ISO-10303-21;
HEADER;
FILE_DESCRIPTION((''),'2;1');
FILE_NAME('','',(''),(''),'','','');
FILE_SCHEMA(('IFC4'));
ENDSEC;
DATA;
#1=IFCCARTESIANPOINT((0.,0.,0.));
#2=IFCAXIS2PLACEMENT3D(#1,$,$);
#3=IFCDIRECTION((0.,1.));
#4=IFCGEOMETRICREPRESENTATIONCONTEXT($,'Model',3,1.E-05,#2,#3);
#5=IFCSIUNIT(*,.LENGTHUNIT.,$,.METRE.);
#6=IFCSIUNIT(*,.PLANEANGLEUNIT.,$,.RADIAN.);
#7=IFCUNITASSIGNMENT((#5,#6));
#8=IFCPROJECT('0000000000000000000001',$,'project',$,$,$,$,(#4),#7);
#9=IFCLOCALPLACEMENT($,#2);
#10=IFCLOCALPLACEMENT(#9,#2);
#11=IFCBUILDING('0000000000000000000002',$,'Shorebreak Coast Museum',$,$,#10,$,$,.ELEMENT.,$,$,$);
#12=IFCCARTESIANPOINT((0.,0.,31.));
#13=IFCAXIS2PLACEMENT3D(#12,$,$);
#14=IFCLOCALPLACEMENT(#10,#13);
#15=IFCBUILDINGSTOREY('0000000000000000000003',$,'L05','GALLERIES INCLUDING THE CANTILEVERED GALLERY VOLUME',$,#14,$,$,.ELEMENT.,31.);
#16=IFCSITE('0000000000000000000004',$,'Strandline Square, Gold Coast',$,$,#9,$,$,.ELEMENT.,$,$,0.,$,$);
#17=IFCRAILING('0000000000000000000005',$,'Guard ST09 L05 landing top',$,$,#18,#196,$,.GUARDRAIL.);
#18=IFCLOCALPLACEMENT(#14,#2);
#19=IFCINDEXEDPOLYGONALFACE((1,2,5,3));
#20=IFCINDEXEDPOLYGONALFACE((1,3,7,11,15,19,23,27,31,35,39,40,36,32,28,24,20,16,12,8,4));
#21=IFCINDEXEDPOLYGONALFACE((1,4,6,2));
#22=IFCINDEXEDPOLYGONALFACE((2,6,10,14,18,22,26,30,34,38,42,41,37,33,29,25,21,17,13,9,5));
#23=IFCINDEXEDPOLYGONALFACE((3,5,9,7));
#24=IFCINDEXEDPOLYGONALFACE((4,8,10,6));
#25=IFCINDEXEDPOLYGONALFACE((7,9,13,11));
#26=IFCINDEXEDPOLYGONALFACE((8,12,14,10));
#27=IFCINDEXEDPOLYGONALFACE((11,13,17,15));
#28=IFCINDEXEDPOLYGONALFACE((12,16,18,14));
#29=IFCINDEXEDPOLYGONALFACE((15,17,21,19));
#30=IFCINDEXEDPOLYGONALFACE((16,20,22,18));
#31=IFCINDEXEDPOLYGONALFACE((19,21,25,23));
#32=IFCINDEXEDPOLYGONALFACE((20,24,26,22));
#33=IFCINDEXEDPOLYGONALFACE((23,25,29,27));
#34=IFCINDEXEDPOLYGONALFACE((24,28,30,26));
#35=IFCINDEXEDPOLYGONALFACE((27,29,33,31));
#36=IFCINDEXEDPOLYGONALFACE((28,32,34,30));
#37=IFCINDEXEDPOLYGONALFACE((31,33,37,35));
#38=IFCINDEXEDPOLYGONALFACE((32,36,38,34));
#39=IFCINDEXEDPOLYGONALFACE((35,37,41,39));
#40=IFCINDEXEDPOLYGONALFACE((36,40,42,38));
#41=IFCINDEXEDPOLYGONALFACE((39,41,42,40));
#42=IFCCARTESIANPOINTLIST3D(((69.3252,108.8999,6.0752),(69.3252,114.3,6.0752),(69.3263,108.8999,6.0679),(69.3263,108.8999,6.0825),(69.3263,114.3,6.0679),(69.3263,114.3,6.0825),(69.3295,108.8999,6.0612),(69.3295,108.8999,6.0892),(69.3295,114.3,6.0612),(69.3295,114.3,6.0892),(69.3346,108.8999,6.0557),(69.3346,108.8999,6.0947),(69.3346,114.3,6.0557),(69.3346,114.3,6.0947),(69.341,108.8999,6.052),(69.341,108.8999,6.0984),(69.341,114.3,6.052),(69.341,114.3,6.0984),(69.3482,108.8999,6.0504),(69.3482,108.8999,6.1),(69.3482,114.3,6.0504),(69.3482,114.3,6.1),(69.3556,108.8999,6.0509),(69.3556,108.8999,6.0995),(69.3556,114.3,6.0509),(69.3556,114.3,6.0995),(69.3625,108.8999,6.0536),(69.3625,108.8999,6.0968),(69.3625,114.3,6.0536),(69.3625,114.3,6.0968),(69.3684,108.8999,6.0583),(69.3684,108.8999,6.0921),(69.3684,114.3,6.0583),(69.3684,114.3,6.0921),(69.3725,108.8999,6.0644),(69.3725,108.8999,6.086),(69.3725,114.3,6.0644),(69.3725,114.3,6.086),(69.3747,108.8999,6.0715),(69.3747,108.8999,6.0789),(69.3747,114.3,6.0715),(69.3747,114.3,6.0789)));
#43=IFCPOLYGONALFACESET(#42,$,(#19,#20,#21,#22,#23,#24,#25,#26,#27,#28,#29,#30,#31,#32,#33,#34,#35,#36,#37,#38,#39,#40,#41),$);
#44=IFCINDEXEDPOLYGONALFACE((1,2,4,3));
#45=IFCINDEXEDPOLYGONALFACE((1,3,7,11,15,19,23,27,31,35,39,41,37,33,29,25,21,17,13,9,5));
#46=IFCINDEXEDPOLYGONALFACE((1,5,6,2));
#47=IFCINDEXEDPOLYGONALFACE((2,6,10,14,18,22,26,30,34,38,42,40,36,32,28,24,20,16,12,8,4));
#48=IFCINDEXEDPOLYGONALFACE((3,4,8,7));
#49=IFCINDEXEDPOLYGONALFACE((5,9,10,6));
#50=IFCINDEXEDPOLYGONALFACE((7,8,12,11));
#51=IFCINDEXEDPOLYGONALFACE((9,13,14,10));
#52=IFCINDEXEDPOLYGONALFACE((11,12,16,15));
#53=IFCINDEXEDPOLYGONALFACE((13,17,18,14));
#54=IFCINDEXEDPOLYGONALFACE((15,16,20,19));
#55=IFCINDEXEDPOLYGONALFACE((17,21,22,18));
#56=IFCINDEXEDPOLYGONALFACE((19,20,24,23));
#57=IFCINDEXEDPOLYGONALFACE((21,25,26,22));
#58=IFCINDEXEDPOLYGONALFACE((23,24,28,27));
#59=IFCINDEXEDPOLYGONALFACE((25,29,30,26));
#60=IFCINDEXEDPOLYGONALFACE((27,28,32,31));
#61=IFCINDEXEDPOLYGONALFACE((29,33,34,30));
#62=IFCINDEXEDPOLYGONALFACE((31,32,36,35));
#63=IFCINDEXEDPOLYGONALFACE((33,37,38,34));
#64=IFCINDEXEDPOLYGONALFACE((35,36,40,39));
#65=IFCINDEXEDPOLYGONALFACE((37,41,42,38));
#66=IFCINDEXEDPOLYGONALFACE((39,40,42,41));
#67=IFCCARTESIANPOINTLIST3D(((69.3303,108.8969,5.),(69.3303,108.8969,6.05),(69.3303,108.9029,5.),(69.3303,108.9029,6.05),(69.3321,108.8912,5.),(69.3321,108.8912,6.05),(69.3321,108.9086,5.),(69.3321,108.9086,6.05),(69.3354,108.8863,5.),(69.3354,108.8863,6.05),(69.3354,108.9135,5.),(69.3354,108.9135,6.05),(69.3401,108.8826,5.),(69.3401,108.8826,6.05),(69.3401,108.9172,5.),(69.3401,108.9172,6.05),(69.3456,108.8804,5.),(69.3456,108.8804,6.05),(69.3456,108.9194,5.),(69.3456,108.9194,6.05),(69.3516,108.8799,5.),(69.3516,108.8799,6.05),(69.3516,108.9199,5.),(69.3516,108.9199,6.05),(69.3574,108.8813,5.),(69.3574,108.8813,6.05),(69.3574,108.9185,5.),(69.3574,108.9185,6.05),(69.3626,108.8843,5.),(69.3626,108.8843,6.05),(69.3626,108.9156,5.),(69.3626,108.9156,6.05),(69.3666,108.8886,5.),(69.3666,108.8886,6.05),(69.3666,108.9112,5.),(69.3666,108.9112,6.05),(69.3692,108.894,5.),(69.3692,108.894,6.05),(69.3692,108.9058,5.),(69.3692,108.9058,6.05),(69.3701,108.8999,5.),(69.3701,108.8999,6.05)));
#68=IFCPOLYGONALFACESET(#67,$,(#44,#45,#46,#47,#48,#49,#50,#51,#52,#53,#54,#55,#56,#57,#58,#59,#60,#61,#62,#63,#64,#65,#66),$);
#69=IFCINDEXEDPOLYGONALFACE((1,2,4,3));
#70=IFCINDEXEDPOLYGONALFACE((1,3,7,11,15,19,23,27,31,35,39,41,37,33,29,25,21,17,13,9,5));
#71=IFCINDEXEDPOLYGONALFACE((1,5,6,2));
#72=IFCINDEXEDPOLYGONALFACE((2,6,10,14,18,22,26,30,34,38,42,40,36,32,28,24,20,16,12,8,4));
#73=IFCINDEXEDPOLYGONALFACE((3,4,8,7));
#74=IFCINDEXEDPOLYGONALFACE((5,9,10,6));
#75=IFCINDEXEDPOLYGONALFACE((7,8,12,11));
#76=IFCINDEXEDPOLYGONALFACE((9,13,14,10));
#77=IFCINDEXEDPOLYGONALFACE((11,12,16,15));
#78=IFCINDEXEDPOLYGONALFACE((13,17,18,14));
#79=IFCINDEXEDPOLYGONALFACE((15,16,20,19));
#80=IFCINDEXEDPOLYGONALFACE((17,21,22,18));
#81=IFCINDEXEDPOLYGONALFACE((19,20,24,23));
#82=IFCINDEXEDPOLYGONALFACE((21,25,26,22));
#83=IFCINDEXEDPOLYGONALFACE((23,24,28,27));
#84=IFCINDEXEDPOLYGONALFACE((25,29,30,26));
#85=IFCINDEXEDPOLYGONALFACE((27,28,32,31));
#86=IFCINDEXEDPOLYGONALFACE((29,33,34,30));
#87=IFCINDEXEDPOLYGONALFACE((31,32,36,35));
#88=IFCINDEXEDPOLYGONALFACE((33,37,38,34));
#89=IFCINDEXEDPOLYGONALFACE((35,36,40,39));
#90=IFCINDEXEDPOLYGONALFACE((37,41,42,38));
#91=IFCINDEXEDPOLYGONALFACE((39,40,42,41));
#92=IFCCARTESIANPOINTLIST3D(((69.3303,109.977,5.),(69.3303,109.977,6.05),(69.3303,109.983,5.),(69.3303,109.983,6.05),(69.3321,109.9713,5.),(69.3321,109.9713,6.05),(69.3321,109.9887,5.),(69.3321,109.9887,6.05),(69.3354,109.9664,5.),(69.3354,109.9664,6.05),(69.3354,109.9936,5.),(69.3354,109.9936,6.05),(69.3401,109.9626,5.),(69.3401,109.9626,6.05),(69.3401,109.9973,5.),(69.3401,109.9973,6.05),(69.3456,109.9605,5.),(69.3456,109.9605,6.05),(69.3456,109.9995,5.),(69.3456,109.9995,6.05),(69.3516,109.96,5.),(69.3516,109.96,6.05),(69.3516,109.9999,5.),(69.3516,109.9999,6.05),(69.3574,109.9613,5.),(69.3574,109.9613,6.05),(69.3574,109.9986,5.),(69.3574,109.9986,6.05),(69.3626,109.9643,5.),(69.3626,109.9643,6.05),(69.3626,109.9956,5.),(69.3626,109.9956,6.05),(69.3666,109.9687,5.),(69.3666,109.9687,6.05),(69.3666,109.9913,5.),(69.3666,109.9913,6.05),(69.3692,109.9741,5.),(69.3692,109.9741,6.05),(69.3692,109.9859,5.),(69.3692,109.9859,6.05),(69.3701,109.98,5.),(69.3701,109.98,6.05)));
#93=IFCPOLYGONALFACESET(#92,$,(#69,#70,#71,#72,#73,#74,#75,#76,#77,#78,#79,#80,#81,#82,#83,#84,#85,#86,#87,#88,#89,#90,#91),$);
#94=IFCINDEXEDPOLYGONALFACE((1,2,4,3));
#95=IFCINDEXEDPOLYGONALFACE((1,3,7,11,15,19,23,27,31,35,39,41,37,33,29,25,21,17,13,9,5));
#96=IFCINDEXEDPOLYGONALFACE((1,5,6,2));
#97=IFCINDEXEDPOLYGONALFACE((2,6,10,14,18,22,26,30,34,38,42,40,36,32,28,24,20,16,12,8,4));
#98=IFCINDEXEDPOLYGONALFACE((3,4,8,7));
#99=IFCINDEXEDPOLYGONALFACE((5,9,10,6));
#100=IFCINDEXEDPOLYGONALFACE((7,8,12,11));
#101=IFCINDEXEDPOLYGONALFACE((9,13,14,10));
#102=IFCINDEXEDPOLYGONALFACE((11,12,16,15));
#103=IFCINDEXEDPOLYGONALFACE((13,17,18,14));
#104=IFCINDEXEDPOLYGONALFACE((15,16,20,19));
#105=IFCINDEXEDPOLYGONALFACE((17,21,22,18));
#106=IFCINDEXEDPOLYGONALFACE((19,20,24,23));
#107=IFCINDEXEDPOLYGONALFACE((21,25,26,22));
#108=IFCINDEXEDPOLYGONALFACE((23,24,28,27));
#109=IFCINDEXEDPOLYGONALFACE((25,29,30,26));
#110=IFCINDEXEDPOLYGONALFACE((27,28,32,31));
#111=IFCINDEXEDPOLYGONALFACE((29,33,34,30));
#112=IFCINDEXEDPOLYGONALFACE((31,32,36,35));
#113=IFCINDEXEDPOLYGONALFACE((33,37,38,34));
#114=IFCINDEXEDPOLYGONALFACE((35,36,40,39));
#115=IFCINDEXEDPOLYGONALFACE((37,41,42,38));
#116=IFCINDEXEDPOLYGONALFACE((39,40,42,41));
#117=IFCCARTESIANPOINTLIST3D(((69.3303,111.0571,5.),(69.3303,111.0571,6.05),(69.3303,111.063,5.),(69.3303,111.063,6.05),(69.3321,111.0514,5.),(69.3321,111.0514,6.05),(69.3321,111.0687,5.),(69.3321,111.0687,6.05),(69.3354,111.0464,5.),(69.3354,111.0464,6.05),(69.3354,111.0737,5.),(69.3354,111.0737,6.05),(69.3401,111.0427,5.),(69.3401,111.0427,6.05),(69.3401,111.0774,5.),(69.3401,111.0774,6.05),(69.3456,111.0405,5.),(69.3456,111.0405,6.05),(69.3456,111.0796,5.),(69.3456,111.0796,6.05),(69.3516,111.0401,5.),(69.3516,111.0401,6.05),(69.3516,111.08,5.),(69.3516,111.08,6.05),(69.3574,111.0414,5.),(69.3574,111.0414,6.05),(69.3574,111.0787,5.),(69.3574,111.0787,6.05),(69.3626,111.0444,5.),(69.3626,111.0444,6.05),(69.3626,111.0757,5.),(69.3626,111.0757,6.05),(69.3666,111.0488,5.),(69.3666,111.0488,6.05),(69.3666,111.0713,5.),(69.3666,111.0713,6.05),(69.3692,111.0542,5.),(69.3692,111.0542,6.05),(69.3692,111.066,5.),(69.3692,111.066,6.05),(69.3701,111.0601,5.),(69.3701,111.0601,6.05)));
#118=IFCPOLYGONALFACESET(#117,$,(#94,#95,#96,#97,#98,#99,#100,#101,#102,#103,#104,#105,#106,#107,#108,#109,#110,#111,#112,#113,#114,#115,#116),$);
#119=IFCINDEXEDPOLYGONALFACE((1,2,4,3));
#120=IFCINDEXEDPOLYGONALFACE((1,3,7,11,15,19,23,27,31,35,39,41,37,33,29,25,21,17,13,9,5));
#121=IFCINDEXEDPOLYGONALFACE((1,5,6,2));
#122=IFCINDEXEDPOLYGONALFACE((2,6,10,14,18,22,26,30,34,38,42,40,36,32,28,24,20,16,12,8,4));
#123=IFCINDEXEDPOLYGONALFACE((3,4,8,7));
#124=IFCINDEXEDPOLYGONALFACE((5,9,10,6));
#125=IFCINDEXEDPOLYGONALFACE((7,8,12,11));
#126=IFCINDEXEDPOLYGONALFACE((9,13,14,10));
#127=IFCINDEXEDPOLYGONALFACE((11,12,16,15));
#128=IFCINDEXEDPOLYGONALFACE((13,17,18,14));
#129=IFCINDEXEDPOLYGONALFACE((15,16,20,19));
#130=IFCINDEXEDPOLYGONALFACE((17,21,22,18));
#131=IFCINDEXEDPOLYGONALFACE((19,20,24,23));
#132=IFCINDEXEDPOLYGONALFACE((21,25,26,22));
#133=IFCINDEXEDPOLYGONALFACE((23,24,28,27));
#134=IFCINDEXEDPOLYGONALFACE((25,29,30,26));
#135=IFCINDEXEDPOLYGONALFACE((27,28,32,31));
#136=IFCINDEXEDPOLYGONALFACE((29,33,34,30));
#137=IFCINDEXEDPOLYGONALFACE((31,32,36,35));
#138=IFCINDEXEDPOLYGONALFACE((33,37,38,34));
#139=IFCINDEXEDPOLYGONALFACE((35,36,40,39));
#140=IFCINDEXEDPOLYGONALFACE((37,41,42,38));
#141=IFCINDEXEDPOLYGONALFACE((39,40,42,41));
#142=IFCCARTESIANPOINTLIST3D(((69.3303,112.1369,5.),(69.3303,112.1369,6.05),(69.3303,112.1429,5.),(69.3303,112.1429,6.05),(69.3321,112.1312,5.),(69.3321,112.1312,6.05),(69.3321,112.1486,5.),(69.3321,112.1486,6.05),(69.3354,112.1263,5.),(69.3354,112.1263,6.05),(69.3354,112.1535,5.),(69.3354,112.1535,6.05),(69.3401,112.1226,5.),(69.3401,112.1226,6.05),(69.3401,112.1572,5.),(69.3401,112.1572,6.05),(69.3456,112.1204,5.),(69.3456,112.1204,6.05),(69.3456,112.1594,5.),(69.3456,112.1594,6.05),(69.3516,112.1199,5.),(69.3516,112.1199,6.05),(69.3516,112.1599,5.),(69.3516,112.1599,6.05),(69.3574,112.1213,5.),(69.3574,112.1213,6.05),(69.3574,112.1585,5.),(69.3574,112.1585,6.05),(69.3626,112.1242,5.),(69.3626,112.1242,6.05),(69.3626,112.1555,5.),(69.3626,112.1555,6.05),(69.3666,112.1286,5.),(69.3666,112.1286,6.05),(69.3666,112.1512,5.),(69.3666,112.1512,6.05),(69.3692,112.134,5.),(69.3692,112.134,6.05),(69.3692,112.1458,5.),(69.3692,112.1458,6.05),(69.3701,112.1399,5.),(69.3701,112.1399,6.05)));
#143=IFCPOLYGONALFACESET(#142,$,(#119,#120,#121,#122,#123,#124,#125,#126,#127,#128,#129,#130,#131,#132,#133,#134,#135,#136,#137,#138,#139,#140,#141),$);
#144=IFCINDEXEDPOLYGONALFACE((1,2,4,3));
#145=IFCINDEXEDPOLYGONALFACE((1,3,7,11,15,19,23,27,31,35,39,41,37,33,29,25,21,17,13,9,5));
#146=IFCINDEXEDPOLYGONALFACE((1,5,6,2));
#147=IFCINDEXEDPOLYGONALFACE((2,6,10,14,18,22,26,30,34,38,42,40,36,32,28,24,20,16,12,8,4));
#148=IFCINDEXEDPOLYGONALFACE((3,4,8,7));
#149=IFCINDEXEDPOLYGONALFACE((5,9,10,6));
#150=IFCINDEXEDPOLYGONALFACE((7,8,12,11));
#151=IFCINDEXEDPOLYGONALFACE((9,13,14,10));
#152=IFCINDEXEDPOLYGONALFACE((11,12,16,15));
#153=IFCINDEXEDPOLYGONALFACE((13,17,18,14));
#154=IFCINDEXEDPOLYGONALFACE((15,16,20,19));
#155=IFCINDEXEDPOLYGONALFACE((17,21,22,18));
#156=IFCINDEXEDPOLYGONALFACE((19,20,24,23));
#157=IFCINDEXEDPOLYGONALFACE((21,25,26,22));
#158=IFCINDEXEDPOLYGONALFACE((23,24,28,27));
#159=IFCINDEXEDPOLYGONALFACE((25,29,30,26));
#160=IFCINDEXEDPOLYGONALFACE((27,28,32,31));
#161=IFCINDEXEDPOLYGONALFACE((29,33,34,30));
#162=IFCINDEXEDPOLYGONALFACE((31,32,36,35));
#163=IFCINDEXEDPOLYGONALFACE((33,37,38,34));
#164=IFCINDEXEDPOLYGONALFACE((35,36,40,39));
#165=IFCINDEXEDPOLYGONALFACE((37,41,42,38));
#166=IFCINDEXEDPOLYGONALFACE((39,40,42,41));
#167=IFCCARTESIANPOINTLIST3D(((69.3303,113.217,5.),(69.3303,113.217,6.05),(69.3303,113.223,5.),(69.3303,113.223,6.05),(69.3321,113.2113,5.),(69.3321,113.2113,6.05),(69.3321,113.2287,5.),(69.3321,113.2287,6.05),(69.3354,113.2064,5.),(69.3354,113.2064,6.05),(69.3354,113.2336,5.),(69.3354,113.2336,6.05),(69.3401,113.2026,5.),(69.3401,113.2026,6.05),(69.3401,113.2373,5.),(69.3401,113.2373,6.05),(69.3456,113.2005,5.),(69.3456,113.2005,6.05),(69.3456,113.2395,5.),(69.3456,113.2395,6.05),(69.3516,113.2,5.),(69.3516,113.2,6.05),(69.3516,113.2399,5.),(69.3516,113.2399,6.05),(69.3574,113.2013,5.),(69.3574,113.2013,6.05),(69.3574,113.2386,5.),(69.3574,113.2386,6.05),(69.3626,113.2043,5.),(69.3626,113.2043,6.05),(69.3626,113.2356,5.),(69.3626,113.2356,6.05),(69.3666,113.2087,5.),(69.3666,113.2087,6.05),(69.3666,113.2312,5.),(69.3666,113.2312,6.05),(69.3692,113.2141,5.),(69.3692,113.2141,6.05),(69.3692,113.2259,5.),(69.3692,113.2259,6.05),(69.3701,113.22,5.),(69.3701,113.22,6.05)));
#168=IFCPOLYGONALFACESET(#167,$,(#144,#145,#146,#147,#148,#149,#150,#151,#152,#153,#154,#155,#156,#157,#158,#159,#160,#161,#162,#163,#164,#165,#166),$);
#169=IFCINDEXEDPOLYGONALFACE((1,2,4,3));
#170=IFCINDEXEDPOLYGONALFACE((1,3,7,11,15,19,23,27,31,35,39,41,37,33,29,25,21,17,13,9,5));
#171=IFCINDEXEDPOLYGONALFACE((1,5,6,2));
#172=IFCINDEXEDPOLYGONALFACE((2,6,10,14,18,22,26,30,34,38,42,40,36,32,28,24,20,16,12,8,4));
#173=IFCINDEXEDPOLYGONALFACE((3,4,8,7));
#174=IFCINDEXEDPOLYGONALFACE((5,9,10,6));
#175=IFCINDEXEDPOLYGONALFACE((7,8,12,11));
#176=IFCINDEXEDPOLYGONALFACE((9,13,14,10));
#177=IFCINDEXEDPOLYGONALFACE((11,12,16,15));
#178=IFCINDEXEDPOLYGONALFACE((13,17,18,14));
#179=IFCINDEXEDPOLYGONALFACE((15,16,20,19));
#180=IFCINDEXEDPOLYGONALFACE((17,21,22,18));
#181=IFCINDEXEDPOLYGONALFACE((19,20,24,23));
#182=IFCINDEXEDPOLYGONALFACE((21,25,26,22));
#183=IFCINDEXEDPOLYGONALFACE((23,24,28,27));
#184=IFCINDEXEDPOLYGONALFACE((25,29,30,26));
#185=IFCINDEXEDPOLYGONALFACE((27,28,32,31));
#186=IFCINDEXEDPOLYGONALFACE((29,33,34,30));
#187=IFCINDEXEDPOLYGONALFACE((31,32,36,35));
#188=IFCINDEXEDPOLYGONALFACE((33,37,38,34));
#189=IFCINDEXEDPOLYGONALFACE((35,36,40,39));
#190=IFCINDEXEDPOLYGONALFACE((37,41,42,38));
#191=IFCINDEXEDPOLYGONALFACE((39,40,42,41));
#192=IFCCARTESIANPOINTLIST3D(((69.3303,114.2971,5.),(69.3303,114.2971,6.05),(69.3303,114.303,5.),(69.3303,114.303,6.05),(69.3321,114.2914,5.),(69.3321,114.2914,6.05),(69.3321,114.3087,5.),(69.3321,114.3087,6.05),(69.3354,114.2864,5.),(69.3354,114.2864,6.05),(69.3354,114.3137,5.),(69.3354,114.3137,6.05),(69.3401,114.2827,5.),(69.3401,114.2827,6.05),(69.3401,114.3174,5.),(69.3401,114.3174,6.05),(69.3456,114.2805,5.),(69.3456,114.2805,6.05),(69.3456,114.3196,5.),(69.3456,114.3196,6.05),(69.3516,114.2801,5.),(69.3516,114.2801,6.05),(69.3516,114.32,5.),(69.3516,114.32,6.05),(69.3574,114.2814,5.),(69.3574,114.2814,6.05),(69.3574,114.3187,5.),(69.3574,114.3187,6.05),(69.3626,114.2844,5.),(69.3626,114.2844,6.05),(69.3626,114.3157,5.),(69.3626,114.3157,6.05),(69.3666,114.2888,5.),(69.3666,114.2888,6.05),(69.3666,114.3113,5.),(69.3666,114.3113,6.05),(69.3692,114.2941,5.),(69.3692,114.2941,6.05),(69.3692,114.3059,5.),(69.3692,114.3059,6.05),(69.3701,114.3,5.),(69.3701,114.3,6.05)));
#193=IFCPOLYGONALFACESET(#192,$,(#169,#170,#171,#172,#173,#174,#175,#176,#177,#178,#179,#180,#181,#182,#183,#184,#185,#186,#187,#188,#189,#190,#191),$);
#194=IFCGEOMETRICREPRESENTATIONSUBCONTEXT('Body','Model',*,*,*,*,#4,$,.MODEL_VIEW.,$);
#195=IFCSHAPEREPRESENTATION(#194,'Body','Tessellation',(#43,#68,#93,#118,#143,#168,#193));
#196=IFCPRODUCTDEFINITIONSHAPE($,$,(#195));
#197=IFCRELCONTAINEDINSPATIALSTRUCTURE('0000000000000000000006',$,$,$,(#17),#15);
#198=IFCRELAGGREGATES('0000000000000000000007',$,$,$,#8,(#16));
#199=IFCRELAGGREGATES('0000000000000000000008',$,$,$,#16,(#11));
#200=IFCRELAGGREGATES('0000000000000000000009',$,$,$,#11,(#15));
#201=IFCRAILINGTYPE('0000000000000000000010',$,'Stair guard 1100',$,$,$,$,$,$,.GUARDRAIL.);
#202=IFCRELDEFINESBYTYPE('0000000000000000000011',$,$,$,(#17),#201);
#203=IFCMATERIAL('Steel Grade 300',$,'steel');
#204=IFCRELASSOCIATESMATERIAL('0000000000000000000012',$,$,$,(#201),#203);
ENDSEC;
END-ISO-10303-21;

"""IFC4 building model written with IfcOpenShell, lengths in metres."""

from ifc_helpers import new_model, si_unit, direction, frame, origin, origin_2d, place, context, subcontext, project, spatial, circle, extrude, material, type_object, element, save


model = new_model("IFC4")

# Units and contexts
model_context = context("Model", 3, precision=1e-05, world=origin(), true_north=direction((0.0, 1.0)))
body_context = subcontext(model_context, "Body", "Model", "MODEL_VIEW")
ifc_project = project(units=[si_unit("LENGTHUNIT", "METRE"), si_unit("PLANEANGLEUNIT", "RADIAN")], contexts=[model_context])

# Site, building, storey
site_placement = place(None, origin())
site = spatial("IfcSite", under=ifc_project, at=site_placement, Name="Strandline Square, Gold Coast", CompositionType="ELEMENT", RefElevation=0.0)
building_placement = place(site_placement, origin())
building = spatial("IfcBuilding", under=site, at=building_placement, Name="Shorebreak Coast Museum", CompositionType="ELEMENT")
storey_placement = place(building_placement, frame((0.0, 0.0, 31.0)))
storey = spatial("IfcBuildingStorey", under=building, at=storey_placement, Name="L05", Description="GALLERIES INCLUDING THE CANTILEVERED GALLERY VOLUME", CompositionType="ELEMENT", Elevation=31.0)

# Railing
ifc_material_1 = material(Name="Steel Grade 300", Category="steel")
railing_type_1 = type_object("IfcRailingType", Name="Stair guard 1100", PredefinedType="GUARDRAIL", material=ifc_material_1)
railing_1_placement = place(storey_placement, frame((69.3501, 108.8999, 5.0)))
element("IfcRailing", 1, at=railing_1_placement, inside=storey, type_object=railing_type_1, Name="Guard ST09 L05 landing top", PredefinedType="GUARDRAIL", context=body_context, shape_type="SweptSolid", body=[
    extrude(circle(Radius=0.0249, at=origin_2d()), frame((0.0, 0.0, 1.0752), z_axis=(0.0, 1.0, 0.0), x_axis=(-1.0, 0.0, 0.0)), (0.0, 0.0, 1.0), 5.4001),
    extrude(circle(Radius=0.02, at=origin_2d()), origin(), (0.0, 0.0, 1.0), 1.05),
    extrude(circle(Radius=0.02, at=origin_2d()), frame((0.0, 1.0801, 0.0)), (0.0, 0.0, 1.0), 1.05),
    extrude(circle(Radius=0.02, at=origin_2d()), frame((0.0, 2.1602, 0.0)), (0.0, 0.0, 1.0), 1.05),
    extrude(circle(Radius=0.02, at=origin_2d()), frame((0.0, 3.24, 0.0)), (0.0, 0.0, 1.0), 1.05),
    extrude(circle(Radius=0.02, at=origin_2d()), frame((0.0, 4.3201, 0.0)), (0.0, 0.0, 1.0), 1.05),
    extrude(circle(Radius=0.02, at=origin_2d()), frame((0.0, 5.4001, 0.0)), (0.0, 0.0, 1.0), 1.05),
])

save(model, "model.ifc")
